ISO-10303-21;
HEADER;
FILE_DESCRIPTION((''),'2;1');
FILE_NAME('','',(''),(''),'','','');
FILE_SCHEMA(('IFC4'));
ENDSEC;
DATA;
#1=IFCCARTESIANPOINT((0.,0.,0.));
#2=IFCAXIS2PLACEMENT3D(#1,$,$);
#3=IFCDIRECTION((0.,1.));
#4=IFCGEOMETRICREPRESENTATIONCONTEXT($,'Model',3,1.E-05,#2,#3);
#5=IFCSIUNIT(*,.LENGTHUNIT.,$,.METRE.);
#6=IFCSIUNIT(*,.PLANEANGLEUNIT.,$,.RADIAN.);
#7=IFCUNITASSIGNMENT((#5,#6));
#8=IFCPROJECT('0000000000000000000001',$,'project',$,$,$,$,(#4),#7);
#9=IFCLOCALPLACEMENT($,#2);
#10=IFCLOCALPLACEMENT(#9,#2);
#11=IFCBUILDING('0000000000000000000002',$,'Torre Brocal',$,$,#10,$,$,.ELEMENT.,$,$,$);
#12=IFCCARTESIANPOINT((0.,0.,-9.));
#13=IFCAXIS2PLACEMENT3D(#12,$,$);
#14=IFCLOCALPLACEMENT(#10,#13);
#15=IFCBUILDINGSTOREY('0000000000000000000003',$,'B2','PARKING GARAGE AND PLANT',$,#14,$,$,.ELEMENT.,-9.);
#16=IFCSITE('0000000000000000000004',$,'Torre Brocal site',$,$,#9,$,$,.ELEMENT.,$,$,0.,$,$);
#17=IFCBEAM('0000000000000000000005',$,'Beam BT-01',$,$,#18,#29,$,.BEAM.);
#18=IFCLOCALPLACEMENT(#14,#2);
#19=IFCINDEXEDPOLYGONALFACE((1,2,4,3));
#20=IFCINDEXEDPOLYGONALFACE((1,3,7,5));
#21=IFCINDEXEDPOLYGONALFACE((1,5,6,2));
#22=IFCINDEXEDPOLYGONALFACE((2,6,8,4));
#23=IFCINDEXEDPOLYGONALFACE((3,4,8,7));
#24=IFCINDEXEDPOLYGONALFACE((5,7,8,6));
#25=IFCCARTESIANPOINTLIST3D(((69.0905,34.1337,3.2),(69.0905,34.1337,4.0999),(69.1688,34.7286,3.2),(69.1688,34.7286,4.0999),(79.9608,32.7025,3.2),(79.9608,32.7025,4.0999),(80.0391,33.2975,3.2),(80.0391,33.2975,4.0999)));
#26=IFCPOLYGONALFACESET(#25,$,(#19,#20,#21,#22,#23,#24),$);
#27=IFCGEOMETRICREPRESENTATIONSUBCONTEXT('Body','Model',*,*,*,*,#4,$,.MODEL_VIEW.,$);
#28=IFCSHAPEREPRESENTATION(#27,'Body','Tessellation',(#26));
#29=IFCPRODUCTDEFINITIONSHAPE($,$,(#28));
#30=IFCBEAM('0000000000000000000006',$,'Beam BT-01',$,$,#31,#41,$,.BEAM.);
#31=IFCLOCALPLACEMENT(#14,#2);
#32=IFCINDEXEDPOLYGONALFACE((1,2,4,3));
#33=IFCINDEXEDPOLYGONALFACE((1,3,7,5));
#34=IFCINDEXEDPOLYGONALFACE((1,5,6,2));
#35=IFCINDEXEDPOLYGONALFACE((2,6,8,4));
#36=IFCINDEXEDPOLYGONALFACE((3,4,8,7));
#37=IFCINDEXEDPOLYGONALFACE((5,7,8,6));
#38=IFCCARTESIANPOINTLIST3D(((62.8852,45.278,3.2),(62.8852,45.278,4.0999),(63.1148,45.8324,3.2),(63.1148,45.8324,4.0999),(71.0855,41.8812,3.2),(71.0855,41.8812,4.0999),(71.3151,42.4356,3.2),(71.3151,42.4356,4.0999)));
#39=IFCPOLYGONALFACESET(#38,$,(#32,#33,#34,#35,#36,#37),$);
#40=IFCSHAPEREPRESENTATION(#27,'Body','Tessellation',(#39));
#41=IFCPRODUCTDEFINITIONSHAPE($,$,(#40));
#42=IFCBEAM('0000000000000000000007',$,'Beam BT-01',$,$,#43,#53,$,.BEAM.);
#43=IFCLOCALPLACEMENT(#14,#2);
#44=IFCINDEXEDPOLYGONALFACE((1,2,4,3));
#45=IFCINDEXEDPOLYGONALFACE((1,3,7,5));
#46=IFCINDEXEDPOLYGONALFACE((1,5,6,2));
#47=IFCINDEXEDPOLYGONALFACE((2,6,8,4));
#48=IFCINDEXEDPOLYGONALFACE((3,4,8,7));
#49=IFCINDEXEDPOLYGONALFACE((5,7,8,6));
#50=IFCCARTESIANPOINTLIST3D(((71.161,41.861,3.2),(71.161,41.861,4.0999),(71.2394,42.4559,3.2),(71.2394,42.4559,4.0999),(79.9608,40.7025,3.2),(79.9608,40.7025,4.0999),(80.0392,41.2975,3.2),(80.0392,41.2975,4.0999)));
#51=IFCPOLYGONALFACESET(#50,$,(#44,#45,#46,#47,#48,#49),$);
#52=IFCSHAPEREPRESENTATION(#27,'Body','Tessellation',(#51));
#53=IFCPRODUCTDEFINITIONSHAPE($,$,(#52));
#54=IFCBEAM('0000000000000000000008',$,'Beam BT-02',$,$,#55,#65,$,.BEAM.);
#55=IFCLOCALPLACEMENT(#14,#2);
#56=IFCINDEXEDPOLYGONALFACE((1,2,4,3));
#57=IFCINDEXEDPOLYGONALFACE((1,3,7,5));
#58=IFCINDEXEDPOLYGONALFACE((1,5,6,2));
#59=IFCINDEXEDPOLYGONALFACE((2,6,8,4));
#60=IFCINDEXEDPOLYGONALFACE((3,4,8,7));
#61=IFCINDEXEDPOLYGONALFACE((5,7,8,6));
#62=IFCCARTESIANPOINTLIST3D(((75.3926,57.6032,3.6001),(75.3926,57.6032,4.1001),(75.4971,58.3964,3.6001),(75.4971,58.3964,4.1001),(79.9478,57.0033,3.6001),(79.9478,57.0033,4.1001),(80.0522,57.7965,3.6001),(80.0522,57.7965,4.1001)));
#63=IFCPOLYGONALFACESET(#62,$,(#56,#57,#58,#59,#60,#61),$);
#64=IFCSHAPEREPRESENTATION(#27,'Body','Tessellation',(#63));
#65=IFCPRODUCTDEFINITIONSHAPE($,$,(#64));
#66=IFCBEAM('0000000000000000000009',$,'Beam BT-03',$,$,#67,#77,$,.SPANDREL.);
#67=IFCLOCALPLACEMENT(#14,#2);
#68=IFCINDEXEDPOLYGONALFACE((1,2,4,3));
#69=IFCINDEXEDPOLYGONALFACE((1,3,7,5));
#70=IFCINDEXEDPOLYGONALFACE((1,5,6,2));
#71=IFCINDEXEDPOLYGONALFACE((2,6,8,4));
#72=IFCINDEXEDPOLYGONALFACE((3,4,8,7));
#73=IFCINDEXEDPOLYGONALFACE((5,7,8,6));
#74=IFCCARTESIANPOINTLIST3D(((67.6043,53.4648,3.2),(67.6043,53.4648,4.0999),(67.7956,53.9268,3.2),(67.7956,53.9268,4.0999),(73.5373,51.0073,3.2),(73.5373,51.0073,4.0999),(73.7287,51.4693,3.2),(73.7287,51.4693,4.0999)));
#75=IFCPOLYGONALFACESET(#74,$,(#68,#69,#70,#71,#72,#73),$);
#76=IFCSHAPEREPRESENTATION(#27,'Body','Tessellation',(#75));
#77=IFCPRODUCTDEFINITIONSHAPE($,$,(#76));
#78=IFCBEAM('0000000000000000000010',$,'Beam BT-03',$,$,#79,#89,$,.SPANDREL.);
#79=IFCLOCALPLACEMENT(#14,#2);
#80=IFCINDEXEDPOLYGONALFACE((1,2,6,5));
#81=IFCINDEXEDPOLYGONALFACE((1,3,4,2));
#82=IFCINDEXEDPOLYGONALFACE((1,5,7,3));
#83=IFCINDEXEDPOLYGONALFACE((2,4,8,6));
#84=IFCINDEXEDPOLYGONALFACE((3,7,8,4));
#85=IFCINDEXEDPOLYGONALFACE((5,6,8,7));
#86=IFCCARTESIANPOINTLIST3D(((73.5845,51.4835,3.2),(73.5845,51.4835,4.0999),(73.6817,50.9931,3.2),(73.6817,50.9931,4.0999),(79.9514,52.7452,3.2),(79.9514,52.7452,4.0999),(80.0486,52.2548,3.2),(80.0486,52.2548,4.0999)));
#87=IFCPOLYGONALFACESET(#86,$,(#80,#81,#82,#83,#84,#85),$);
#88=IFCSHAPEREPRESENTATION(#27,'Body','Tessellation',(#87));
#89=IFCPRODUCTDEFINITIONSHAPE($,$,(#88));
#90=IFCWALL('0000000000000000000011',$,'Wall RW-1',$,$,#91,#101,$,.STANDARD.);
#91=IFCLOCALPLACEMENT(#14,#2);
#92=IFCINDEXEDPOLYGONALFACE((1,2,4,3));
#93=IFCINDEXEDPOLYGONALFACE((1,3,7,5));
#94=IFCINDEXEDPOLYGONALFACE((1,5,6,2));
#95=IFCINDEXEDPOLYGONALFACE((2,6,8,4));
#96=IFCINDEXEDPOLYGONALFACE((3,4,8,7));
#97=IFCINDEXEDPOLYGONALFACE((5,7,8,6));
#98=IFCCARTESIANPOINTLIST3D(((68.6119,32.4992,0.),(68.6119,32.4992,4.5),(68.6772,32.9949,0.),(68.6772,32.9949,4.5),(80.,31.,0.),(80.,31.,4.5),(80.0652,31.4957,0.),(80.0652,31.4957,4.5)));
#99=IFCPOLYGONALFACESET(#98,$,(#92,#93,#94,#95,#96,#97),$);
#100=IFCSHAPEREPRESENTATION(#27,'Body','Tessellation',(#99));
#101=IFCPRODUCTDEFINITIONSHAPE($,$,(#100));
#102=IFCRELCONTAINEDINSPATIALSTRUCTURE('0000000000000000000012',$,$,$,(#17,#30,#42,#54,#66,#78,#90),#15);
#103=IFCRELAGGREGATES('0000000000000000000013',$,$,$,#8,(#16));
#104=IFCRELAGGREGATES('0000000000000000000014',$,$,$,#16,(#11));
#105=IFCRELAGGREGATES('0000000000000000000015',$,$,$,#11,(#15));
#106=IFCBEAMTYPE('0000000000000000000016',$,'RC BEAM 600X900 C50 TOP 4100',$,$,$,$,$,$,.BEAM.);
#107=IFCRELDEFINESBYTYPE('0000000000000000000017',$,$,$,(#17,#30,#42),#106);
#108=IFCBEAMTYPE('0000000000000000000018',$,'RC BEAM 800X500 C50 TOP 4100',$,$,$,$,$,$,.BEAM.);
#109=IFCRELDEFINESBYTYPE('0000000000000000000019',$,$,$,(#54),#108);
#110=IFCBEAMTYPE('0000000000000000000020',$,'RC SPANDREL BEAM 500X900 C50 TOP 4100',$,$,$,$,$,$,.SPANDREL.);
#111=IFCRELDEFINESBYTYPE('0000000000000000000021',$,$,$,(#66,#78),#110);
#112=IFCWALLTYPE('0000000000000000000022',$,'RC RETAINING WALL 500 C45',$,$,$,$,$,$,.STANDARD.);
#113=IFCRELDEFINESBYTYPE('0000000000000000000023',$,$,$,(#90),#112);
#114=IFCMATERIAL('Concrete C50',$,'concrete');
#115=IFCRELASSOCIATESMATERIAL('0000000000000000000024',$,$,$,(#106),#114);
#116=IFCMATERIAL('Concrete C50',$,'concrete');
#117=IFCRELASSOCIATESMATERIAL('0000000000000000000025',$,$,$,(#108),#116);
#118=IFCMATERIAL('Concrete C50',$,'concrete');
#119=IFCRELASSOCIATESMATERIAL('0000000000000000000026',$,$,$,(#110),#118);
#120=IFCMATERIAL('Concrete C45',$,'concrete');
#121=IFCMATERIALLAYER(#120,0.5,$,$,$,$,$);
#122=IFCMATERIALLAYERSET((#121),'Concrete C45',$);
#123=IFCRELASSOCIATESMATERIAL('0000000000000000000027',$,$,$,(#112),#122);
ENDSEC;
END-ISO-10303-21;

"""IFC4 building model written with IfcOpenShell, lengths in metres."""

from ifc_helpers import new_model, si_unit, direction, frame, frame_2d, origin, origin_2d, place, context, subcontext, project, spatial, rectangle, extrude, material, layer, layer_set, material_profile, profile_set, type_object, element, save


model = new_model("IFC4")

# Units and contexts
model_context = context("Model", 3, precision=1e-05, world=origin(), true_north=direction((0.0, 1.0)))
body_context = subcontext(model_context, "Body", "Model", "MODEL_VIEW")
ifc_project = project(units=[si_unit("LENGTHUNIT", "METRE"), si_unit("PLANEANGLEUNIT", "RADIAN")], contexts=[model_context])

# Site, building, storey
site_placement = place(None, origin())
site = spatial("IfcSite", under=ifc_project, at=site_placement, Name="Torre Brocal site", CompositionType="ELEMENT", RefElevation=0.0)
building_placement = place(site_placement, origin())
building = spatial("IfcBuilding", under=site, at=building_placement, Name="Torre Brocal", CompositionType="ELEMENT")
storey_placement = place(building_placement, frame((0.0, 0.0, -9.0)))
storey = spatial("IfcBuildingStorey", under=building, at=storey_placement, Name="B2", Description="PARKING GARAGE AND PLANT", CompositionType="ELEMENT", Elevation=-9.0)

# Beams
ifc_material_1 = material(Name="Concrete C50", Category="concrete")
ifc_material_profile_1 = material_profile(ifc_material_1, rectangle(XDim=0.6001, YDim=0.8999, at=origin_2d()), Name="RC 600X900")
ifc_profile_set_1 = profile_set([ifc_material_profile_1], Name="Concrete C50")
beam_type_1 = type_object("IfcBeamType", Name="RC BEAM 600X900 C50 TOP 4100", PredefinedType="BEAM", material=ifc_profile_set_1)
beam_1_placement = place(storey_placement, frame((69.1296, 34.4312, 3.6499), z_axis=(0.991444, -0.13053, 0.0), x_axis=(0.13053, 0.991444, 0.0)))
element("IfcBeam", 1, at=beam_1_placement, inside=storey, type_object=beam_type_1, Name="Beam BT-01", PredefinedType="BEAM", context=body_context, shape_type="SweptSolid", body=[
    extrude(rectangle(XDim=0.6001, YDim=0.8999, at=origin_2d()), origin(), (0.0, 0.0, 1.0), 10.9641),
])
beam_2_placement = place(storey_placement, frame((63.0, 45.5552, 3.6499), z_axis=(0.923876, -0.382693, 0.0), x_axis=(0.382693, 0.923876, 0.0)))
element("IfcBeam", 2, at=beam_2_placement, inside=storey, type_object=beam_type_1, Name="Beam BT-01", PredefinedType="BEAM", context=body_context, shape_type="SweptSolid", body=[
    extrude(rectangle(XDim=0.6001, YDim=0.8999, at=origin_2d()), origin(), (0.0, 0.0, 1.0), 8.876),
])
beam_3_placement = place(storey_placement, frame((71.2002, 42.1584, 3.6499), z_axis=(0.991446, -0.130519, 0.0), x_axis=(0.130519, 0.991446, 0.0)))
element("IfcBeam", 3, at=beam_3_placement, inside=storey, type_object=beam_type_1, Name="Beam BT-01", PredefinedType="BEAM", context=body_context, shape_type="SweptSolid", body=[
    extrude(rectangle(XDim=0.6001, YDim=0.8999, at=origin_2d()), origin(), (0.0, 0.0, 1.0), 8.8757),
])
ifc_material_2 = material(Name="Concrete C50", Category="concrete")
ifc_material_profile_2 = material_profile(ifc_material_2, rectangle(XDim=0.8, YDim=0.5, at=origin_2d()), Name="RC 800X500")
ifc_profile_set_2 = profile_set([ifc_material_profile_2], Name="Concrete C50")
beam_type_2 = type_object("IfcBeamType", Name="RC BEAM 800X500 C50 TOP 4100", PredefinedType="BEAM", material=ifc_profile_set_2)
beam_4_placement = place(storey_placement, frame((75.4448, 57.9998, 3.8501), z_axis=(0.991441, -0.130559, 0.0), x_axis=(0.130559, 0.991441, 0.0)))
element("IfcBeam", 4, at=beam_4_placement, inside=storey, type_object=beam_type_2, Name="Beam BT-02", PredefinedType="BEAM", context=body_context, shape_type="SweptSolid", body=[
    extrude(rectangle(XDim=0.8, YDim=0.5, at=origin_2d()), origin(), (0.0, 0.0, 1.0), 4.5945),
])
ifc_material_3 = material(Name="Concrete C50", Category="concrete")
ifc_material_profile_3 = material_profile(ifc_material_3, rectangle(XDim=0.5, YDim=0.8999, at=origin_2d()), Name="RC 500X900")
ifc_profile_set_3 = profile_set([ifc_material_profile_3], Name="Concrete C50")
beam_type_3 = type_object("IfcBeamType", Name="RC SPANDREL BEAM 500X900 C50 TOP 4100", PredefinedType="SPANDREL", material=ifc_profile_set_3)
beam_5_placement = place(storey_placement, frame((67.7, 53.6958, 3.6499), z_axis=(0.923882, -0.382676, 0.0), x_axis=(0.382676, 0.923882, 0.0)))
element("IfcBeam", 5, at=beam_5_placement, inside=storey, type_object=beam_type_3, Name="Beam BT-03", PredefinedType="SPANDREL", context=body_context, shape_type="SweptSolid", body=[
    extrude(rectangle(XDim=0.5, YDim=0.8999, at=origin_2d()), origin(), (0.0, 0.0, 1.0), 6.4219),
])
beam_6_placement = place(storey_placement, frame((73.6331, 51.2383, 3.6499), z_axis=(0.980925, 0.194387, 0.0), x_axis=(-0.194387, 0.980925, 0.0)))
element("IfcBeam", 6, at=beam_6_placement, inside=storey, type_object=beam_type_3, Name="Beam BT-03", PredefinedType="SPANDREL", context=body_context, shape_type="SweptSolid", body=[
    extrude(rectangle(XDim=0.5, YDim=0.8999, at=origin_2d()), origin(), (0.0, 0.0, 1.0), 6.4907),
])

# Wall
ifc_material_4 = material(Name="Concrete C45", Category="concrete")
ifc_layer = layer(ifc_material_4, 0.5)
ifc_layer_set = layer_set([ifc_layer], Name="Concrete C45")
wall_type = type_object("IfcWallType", Name="RC RETAINING WALL 500 C45", PredefinedType="STANDARD", material=ifc_layer_set)
wall_placement = place(storey_placement, frame((68.6445, 32.7471, 0.0), z_axis=(0.0, 0.0, 1.0), x_axis=(0.991445, -0.130525, 0.0)))
element("IfcWall", 7, at=wall_placement, inside=storey, type_object=wall_type, Name="Wall RW-1", PredefinedType="STANDARD", context=body_context, shape_type="SweptSolid", body=[
    extrude(rectangle(XDim=11.4863, YDim=0.5, at=frame_2d((5.7432, 0.0))), origin(), (0.0, 0.0, 1.0), 4.5),
])

save(model, "model.ifc")
